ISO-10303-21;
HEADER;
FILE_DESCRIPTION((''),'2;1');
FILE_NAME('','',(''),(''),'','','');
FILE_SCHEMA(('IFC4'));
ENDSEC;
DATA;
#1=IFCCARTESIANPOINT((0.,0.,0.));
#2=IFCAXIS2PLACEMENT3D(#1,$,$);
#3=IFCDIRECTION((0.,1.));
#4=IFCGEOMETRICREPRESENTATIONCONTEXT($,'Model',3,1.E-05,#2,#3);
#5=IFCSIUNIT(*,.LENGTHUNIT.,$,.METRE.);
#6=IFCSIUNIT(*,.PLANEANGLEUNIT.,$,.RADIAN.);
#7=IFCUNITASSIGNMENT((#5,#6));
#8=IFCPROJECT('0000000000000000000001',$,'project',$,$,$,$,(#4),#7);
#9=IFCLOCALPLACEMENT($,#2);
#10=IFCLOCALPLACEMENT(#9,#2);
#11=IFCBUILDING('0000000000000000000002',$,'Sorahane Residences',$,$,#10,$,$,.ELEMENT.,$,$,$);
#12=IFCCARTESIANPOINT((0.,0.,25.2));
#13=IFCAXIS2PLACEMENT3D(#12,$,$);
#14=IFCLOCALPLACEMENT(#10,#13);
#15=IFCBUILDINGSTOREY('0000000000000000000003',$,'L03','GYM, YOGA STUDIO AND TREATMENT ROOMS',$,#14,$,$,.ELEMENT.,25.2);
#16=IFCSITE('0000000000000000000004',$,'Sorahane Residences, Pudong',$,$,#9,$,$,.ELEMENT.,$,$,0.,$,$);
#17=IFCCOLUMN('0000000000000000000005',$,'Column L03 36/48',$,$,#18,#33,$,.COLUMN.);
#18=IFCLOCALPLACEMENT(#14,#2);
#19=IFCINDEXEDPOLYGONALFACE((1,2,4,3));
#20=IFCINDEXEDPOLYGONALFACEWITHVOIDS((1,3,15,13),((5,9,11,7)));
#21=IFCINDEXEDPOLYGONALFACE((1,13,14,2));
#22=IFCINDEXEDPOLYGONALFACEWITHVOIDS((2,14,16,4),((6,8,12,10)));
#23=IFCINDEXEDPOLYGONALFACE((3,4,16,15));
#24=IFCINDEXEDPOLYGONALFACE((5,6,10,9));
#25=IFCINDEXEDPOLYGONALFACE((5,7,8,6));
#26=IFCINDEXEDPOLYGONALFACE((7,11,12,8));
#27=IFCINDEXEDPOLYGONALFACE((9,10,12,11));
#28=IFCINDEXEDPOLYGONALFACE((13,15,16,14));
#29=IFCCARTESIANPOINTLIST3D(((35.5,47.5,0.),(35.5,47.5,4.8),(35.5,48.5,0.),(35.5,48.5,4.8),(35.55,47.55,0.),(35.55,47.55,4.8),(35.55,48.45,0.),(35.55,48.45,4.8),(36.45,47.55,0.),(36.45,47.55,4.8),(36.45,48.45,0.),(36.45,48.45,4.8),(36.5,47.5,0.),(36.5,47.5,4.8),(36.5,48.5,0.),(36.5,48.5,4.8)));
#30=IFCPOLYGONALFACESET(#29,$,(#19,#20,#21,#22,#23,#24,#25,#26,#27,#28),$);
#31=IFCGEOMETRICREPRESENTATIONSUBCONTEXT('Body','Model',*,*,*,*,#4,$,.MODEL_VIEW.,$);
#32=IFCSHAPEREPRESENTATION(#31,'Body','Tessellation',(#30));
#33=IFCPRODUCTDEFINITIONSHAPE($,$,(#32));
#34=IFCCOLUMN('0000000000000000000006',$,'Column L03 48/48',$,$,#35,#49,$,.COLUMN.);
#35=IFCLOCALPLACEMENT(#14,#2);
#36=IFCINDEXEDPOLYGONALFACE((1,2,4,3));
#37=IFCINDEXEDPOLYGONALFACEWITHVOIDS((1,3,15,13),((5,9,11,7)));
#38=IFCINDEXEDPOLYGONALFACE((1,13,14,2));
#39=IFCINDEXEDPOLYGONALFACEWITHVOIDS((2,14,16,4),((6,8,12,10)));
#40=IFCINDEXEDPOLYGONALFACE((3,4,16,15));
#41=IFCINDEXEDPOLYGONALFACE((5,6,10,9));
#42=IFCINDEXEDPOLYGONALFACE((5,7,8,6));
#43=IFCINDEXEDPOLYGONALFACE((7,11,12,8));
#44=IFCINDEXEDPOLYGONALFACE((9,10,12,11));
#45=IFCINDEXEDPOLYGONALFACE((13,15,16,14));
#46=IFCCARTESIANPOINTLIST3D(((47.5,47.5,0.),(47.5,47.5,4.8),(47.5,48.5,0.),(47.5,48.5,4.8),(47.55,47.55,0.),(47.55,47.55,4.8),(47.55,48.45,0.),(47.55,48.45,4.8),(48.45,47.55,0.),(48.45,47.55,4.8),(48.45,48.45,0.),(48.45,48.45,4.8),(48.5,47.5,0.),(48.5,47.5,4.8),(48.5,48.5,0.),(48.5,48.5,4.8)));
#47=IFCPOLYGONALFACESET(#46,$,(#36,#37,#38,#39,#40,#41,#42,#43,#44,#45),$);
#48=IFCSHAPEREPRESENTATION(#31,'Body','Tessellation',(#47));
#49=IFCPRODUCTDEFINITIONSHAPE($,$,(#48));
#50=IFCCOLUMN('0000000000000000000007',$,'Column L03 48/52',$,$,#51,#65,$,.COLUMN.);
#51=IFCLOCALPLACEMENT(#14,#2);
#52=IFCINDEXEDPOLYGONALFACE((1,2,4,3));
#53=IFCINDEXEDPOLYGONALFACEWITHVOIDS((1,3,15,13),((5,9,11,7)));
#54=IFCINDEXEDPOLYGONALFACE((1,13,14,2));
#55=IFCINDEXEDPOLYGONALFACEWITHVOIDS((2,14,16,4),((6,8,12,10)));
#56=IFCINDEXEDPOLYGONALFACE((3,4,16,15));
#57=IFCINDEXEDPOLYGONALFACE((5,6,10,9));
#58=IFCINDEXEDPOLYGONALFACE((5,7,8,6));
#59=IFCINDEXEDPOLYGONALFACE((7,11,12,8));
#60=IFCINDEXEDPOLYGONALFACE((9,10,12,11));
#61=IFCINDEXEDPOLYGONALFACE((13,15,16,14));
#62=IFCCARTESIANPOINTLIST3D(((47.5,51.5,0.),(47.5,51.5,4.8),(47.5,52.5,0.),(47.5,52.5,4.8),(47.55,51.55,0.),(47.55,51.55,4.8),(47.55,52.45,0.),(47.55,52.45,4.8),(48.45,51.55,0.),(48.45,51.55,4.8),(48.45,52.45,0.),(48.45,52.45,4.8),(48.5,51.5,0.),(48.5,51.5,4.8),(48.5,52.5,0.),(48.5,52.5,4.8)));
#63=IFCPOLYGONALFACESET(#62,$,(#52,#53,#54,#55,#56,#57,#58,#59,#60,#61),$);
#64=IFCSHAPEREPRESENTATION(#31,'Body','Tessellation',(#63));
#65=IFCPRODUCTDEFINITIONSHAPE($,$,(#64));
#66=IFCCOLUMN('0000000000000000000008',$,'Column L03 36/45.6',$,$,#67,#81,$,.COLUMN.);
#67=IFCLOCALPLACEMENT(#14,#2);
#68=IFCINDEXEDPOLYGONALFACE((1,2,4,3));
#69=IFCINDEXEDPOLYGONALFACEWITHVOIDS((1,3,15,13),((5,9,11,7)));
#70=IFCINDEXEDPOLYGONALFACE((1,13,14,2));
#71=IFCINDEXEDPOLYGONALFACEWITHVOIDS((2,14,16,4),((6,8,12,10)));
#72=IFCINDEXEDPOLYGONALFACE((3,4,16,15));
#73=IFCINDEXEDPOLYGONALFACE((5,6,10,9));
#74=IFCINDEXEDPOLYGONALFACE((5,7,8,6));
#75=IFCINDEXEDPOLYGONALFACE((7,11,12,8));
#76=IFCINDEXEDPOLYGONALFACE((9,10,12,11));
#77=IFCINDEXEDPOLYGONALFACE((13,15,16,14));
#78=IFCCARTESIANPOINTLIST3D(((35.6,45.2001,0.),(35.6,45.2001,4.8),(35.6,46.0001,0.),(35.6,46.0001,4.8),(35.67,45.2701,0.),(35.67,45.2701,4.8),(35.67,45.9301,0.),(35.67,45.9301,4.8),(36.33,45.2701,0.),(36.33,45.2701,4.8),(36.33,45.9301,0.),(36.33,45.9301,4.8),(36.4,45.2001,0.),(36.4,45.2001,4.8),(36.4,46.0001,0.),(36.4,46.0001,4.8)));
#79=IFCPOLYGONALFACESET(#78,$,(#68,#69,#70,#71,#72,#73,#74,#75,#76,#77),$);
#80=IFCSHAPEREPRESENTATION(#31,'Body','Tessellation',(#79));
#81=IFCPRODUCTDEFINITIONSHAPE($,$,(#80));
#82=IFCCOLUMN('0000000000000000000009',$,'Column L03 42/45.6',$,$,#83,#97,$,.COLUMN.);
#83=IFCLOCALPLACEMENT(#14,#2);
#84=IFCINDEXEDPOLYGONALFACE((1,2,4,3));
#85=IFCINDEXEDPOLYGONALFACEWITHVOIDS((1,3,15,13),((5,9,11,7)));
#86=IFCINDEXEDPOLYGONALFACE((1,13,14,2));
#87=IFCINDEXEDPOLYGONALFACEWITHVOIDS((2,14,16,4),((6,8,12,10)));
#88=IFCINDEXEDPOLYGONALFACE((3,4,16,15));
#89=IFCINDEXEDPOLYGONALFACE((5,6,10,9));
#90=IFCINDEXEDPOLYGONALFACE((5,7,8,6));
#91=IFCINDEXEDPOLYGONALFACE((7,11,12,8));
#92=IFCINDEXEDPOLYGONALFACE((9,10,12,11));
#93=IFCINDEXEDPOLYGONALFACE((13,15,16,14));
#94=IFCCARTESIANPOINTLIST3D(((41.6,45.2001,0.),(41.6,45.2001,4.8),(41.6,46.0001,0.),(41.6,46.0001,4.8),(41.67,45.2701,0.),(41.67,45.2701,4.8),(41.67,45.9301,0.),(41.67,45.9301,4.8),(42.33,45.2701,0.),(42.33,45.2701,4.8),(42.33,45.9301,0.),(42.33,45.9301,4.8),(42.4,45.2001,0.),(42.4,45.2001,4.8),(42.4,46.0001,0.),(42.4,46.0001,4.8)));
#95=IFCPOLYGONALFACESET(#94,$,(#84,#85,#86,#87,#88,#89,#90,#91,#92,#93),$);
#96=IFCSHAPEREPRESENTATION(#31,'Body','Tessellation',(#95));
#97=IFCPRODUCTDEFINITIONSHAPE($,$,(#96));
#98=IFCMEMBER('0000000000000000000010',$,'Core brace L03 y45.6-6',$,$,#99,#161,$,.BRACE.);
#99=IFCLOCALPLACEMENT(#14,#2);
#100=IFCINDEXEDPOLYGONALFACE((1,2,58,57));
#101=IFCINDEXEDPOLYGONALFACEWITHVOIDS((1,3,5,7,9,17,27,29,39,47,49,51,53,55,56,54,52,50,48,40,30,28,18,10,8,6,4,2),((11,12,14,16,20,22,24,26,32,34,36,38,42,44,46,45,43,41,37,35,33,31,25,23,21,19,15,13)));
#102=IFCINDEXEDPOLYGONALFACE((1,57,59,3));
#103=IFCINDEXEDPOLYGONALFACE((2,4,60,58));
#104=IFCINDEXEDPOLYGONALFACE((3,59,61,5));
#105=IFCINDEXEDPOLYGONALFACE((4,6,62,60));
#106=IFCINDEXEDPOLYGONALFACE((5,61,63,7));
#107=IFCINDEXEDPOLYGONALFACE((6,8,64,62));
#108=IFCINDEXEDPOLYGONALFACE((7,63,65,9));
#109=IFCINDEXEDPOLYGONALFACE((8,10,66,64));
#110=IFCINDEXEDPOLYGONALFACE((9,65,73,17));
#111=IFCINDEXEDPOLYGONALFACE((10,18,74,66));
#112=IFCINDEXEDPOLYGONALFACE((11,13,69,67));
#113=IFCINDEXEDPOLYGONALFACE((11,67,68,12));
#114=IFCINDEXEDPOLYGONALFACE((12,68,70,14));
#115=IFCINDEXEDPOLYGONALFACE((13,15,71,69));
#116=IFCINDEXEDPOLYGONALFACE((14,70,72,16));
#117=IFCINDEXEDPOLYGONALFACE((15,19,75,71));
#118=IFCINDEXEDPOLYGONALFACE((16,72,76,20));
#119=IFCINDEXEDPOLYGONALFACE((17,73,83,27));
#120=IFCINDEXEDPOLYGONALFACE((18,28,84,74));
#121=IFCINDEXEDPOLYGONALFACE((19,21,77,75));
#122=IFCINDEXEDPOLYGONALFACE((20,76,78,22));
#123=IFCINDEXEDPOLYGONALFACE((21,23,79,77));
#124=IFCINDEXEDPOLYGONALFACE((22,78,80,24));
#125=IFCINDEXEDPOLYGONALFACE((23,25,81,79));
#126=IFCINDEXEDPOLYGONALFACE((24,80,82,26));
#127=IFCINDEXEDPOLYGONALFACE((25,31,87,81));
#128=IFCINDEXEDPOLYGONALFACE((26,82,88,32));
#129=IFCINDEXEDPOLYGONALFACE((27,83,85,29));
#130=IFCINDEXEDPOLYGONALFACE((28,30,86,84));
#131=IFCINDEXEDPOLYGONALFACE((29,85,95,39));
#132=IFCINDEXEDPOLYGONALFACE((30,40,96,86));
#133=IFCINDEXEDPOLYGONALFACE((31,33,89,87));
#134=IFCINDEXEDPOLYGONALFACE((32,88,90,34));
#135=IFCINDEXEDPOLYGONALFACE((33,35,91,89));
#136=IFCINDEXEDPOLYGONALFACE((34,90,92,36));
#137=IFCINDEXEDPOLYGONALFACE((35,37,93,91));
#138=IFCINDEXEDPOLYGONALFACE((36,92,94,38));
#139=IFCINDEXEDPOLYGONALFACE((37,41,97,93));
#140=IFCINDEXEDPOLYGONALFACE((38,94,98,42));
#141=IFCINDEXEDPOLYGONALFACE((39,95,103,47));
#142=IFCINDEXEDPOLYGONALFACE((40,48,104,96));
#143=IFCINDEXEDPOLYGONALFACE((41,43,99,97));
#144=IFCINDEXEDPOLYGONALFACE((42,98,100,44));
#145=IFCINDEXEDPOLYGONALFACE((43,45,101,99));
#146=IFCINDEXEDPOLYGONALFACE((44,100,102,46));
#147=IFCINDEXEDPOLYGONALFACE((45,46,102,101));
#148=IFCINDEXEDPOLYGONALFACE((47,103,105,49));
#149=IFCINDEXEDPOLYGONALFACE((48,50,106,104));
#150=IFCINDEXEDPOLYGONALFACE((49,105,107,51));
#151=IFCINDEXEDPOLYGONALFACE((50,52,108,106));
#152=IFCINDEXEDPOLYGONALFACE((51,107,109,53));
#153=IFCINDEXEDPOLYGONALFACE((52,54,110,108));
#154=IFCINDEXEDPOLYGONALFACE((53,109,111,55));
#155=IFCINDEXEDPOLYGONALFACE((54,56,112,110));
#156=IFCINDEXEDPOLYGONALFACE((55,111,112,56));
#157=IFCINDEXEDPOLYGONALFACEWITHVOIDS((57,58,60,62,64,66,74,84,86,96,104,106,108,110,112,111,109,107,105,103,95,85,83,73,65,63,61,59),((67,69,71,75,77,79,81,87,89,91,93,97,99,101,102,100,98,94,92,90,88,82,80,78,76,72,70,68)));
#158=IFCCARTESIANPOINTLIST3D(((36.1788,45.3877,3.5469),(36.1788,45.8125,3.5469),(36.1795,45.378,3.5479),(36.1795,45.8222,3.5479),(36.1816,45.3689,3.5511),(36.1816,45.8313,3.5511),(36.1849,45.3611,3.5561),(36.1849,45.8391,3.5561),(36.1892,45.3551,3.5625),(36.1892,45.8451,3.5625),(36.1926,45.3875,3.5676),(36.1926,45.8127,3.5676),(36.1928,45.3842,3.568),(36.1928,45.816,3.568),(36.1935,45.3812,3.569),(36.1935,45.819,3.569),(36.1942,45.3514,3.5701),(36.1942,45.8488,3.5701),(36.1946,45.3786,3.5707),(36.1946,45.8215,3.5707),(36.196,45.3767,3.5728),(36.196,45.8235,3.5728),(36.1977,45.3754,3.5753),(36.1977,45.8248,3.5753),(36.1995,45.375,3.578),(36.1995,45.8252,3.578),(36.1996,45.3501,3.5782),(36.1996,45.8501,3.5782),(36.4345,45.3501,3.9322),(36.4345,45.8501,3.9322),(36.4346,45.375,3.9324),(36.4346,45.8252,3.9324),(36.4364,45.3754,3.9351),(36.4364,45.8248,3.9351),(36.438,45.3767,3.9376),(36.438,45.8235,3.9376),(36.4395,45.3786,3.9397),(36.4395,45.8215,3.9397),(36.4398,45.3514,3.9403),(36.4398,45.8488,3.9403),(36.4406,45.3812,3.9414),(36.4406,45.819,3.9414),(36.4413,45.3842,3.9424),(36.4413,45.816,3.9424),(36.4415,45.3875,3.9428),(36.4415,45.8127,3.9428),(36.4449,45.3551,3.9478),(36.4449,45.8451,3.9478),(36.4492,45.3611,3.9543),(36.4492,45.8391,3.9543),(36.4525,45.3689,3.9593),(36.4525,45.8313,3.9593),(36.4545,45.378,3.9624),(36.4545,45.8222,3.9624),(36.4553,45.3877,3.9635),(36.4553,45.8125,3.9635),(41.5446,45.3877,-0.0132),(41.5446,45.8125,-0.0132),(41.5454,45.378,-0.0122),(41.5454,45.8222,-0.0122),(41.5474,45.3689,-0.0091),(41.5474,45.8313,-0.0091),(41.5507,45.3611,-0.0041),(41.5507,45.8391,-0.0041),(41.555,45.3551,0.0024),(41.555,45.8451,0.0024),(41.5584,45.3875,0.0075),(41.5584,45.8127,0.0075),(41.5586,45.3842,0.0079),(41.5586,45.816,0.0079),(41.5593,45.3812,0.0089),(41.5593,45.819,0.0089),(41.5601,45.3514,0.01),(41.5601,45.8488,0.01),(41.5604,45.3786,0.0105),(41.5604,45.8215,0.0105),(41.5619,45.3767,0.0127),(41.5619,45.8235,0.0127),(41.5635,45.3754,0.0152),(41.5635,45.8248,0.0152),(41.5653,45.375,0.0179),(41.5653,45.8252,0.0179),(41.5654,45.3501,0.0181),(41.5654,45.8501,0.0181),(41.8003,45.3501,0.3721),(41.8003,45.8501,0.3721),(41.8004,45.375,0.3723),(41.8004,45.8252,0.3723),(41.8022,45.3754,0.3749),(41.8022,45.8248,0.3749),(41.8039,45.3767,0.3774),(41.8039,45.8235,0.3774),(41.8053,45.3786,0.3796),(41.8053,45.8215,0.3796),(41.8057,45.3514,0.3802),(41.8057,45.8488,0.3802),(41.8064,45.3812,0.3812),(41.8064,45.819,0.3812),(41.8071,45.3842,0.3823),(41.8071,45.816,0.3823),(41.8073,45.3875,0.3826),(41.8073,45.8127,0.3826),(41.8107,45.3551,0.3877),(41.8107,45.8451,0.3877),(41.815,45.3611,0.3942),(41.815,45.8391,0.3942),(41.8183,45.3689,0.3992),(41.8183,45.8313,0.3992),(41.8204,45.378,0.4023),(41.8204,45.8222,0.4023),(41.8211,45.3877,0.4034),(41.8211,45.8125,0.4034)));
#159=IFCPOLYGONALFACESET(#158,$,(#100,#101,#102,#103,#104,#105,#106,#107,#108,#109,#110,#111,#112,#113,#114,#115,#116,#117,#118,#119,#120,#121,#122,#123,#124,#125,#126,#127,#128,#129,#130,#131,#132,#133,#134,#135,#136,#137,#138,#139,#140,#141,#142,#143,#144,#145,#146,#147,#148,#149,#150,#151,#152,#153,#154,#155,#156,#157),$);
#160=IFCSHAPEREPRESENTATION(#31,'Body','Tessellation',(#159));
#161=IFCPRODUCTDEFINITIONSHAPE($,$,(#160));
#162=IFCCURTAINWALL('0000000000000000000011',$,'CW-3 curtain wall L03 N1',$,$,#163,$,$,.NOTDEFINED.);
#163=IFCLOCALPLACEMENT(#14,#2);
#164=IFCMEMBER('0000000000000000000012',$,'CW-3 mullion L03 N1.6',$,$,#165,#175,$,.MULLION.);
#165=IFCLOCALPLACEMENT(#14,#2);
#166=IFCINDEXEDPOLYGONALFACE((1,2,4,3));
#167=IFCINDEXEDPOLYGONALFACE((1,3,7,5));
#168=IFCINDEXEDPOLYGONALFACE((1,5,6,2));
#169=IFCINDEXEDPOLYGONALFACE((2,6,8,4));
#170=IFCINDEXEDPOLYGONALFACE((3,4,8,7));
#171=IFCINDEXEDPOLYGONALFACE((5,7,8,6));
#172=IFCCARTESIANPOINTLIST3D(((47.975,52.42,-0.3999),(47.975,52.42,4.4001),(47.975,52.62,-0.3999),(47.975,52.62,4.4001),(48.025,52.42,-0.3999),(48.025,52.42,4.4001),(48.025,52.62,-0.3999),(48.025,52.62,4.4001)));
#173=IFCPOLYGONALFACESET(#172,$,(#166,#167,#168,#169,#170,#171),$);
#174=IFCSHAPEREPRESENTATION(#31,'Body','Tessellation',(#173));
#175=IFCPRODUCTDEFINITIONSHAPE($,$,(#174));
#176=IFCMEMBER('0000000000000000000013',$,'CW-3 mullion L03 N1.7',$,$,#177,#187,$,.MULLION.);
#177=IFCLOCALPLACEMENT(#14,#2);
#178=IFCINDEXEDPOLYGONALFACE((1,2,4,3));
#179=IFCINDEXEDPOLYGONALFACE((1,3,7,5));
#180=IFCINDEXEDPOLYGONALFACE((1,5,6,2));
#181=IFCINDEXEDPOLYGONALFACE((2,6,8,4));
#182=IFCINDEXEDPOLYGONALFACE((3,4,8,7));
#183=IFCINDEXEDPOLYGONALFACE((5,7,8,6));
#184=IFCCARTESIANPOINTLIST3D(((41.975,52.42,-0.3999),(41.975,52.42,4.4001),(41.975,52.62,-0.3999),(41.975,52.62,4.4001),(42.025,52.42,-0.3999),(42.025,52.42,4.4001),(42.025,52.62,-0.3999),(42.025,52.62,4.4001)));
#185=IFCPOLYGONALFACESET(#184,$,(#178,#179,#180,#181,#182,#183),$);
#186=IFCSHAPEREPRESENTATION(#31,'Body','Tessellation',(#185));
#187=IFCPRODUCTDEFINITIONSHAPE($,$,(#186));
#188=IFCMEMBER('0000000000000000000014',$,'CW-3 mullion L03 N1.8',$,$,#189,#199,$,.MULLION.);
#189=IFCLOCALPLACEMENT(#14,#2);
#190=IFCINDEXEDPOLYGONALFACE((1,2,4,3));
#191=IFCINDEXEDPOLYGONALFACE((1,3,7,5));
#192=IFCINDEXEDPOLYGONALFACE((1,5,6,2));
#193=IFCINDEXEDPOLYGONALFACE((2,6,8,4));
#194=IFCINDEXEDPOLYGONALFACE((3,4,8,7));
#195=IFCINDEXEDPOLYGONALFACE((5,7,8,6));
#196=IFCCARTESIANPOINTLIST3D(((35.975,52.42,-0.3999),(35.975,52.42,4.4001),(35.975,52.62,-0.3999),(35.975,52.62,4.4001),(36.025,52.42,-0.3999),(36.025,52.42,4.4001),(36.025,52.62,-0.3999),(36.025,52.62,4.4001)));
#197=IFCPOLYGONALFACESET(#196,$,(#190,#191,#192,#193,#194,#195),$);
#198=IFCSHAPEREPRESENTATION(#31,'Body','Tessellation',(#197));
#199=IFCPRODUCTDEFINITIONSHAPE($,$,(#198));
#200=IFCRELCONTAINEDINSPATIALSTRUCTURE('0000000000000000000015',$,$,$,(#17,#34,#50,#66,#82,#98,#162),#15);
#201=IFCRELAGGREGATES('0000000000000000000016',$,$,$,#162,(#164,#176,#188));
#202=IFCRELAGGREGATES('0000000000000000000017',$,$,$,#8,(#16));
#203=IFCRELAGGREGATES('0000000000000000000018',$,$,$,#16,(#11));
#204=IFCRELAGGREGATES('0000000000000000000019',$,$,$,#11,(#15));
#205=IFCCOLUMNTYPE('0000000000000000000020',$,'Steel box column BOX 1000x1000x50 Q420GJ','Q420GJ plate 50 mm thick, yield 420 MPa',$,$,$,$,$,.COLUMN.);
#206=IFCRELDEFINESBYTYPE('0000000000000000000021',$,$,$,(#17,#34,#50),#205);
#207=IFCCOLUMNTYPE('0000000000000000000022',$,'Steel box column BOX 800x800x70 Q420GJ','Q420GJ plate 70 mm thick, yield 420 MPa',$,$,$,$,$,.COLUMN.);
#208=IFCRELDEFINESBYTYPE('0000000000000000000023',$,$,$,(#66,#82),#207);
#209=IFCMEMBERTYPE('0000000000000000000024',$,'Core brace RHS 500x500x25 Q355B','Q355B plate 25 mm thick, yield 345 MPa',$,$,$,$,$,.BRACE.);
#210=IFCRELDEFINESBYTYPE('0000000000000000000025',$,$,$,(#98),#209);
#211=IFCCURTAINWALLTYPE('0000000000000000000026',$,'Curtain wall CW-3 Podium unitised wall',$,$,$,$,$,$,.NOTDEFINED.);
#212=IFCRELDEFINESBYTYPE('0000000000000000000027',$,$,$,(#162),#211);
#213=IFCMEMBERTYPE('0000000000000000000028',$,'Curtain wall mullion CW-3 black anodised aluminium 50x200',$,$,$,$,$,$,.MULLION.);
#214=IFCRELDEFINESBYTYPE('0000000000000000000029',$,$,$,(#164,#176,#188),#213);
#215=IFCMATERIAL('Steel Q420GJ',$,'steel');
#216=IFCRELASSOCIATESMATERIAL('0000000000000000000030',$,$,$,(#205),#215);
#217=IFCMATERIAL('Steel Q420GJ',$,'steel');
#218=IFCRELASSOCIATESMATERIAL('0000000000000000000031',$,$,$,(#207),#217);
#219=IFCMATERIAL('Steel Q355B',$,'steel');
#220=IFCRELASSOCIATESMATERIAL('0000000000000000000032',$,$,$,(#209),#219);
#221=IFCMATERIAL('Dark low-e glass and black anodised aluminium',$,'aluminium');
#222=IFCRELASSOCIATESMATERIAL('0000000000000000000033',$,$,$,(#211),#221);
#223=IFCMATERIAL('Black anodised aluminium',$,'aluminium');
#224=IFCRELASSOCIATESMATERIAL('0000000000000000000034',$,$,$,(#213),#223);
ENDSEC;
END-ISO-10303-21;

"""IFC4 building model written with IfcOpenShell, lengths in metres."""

from ifc_helpers import new_model, si_unit, direction, frame, origin, origin_2d, place, context, subcontext, project, spatial, rectangle, hollow_rectangle, extrude, material, material_profile, profile_set, type_object, element, aggregate, save


model = new_model("IFC4")

# Units and contexts
model_context = context("Model", 3, precision=1e-05, world=origin(), true_north=direction((0.0, 1.0)))
body_context = subcontext(model_context, "Body", "Model", "MODEL_VIEW")
ifc_project = project(units=[si_unit("LENGTHUNIT", "METRE"), si_unit("PLANEANGLEUNIT", "RADIAN")], contexts=[model_context])

# Site, building, storey
site_placement = place(None, origin())
site = spatial("IfcSite", under=ifc_project, at=site_placement, Name="Sorahane Residences, Pudong", CompositionType="ELEMENT", RefElevation=0.0)
building_placement = place(site_placement, origin())
building = spatial("IfcBuilding", under=site, at=building_placement, Name="Sorahane Residences", CompositionType="ELEMENT")
storey_placement = place(building_placement, frame((0.0, 0.0, 25.2)))
storey = spatial("IfcBuildingStorey", under=building, at=storey_placement, Name="L03", Description="GYM, YOGA STUDIO AND TREATMENT ROOMS", CompositionType="ELEMENT", Elevation=25.2)

# Columns
ifc_material_1 = material(Name="Steel Q420GJ", Category="steel")
ifc_material_profile_1 = material_profile(ifc_material_1, hollow_rectangle(XDim=1.0, YDim=1.0, WallThickness=0.05, at=origin_2d()), Name="BOX 1000x1000x50")
ifc_profile_set_1 = profile_set([ifc_material_profile_1], Name="Steel Q420GJ")
column_type_1 = type_object("IfcColumnType", Name="Steel box column BOX 1000x1000x50 Q420GJ", Description="Q420GJ plate 50 mm thick, yield 420 MPa", PredefinedType="COLUMN", material=ifc_profile_set_1)
for number, where, z_axis, x_axis, name in (
    (1, (36.0, 48.0, 0.0), (0.0, 0.0, 1.0), (1.0, 0.0, 0.0), "Column L03 36/48"),
    (2, (48.0, 48.0, 0.0), (0.0, 0.0, 1.0), (1.0, 0.0, 0.0), "Column L03 48/48"),
    (3, (48.0, 52.0, 0.0), (0.0, 0.0, 1.0), (1.0, 0.0, 0.0), "Column L03 48/52"),
):
    element("IfcColumn", number, at=place(storey_placement, frame(where, z_axis=z_axis, x_axis=x_axis)), inside=storey, type_object=column_type_1, Name=name, PredefinedType="COLUMN", context=body_context, shape_type="SweptSolid", body=[
        extrude(hollow_rectangle(XDim=1.0, YDim=1.0, WallThickness=0.05, at=origin_2d()), origin(), (0.0, 0.0, 1.0), 4.8),
    ])
ifc_material_2 = material(Name="Steel Q420GJ", Category="steel")
ifc_material_profile_2 = material_profile(ifc_material_2, hollow_rectangle(XDim=0.8, YDim=0.8, WallThickness=0.0701, at=origin_2d()), Name="BOX 800x800x70")
ifc_profile_set_2 = profile_set([ifc_material_profile_2], Name="Steel Q420GJ")
column_type_2 = type_object("IfcColumnType", Name="Steel box column BOX 800x800x70 Q420GJ", Description="Q420GJ plate 70 mm thick, yield 420 MPa", PredefinedType="COLUMN", material=ifc_profile_set_2)
for number, where, z_axis, x_axis, name in (
    (4, (36.0, 45.6001, 0.0), (0.0, 0.0, 1.0), (1.0, 0.0, 0.0), "Column L03 36/45.6"),
    (5, (42.0, 45.6001, 0.0), (0.0, 0.0, 1.0), (1.0, 0.0, 0.0), "Column L03 42/45.6"),
):
    element("IfcColumn", number, at=place(storey_placement, frame(where, z_axis=z_axis, x_axis=x_axis)), inside=storey, type_object=column_type_2, Name=name, PredefinedType="COLUMN", context=body_context, shape_type="SweptSolid", body=[
        extrude(hollow_rectangle(XDim=0.8, YDim=0.8, WallThickness=0.0701, at=origin_2d()), origin(), (0.0, 0.0, 1.0), 4.8),
    ])

# Member
ifc_material_3 = material(Name="Steel Q355B", Category="steel")
ifc_material_profile_3 = material_profile(ifc_material_3, hollow_rectangle(XDim=0.5, YDim=0.5, WallThickness=0.0249, InnerFilletRadius=0.0125, OuterFilletRadius=0.0376, at=origin_2d()), Name="RHS 500x500x25")
ifc_profile_set_3 = profile_set([ifc_material_profile_3], Name="Steel Q355B")
member_type_1 = type_object("IfcMemberType", Name="Core brace RHS 500x500x25 Q355B", Description="Q355B plate 25 mm thick, yield 345 MPa", PredefinedType="BRACE", material=ifc_profile_set_3)
member_1_placement = place(storey_placement, frame((41.6829, 45.6001, 0.1951), z_axis=(-0.833273, 0.0, 0.552861), x_axis=(0.0, -1.0, 0.0)))
element("IfcMember", 6, at=member_1_placement, inside=storey, type_object=member_type_1, Name="Core brace L03 y45.6-6", PredefinedType="BRACE", context=body_context, shape_type="SweptSolid", body=[
    extrude(hollow_rectangle(XDim=0.5, YDim=0.5, WallThickness=0.0249, InnerFilletRadius=0.0125, OuterFilletRadius=0.0376, at=origin_2d()), origin(), (0.0, 0.0, 1.0), 6.4395),
])

# Curtain wall, members
ifc_material_4 = material(Name="Dark low-e glass and black anodised aluminium", Category="aluminium")
curtain_wall_type = type_object("IfcCurtainWallType", Name="Curtain wall CW-3 Podium unitised wall", PredefinedType="NOTDEFINED", material=ifc_material_4)
curtain_wall_placement = place(storey_placement, origin())
curtain_wall = element("IfcCurtainWall", 7, at=curtain_wall_placement, inside=storey, type_object=curtain_wall_type, Name="CW-3 curtain wall L03 N1", PredefinedType="NOTDEFINED")
ifc_material_5 = material(Name="Black anodised aluminium", Category="aluminium")
ifc_material_profile_4 = material_profile(ifc_material_5, rectangle(XDim=0.2, YDim=0.05, at=origin_2d()), Name="Curtain wall mullion CW-3 black anodised aluminium 50x200")
ifc_profile_set_4 = profile_set([ifc_material_profile_4], Name="Black anodised aluminium")
member_type_2 = type_object("IfcMemberType", Name="Curtain wall mullion CW-3 black anodised aluminium 50x200", PredefinedType="MULLION", material=ifc_profile_set_4)
member_2_placement = place(storey_placement, frame((48.0, 52.52, -0.3999), z_axis=(0.0, 0.0, 1.0), x_axis=(0.0, 1.0, 0.0)))
member_2 = element("IfcMember", 8, at=member_2_placement, type_object=member_type_2, Name="CW-3 mullion L03 N1.6", PredefinedType="MULLION", context=body_context, shape_type="SweptSolid", body=[
    extrude(rectangle(XDim=0.2, YDim=0.05, at=origin_2d()), origin(), (0.0, 0.0, 1.0), 4.8),
])
member_3_placement = place(storey_placement, frame((42.0, 52.52, -0.3999), z_axis=(0.0, 0.0, 1.0), x_axis=(0.0, 1.0, 0.0)))
member_3 = element("IfcMember", 9, at=member_3_placement, type_object=member_type_2, Name="CW-3 mullion L03 N1.7", PredefinedType="MULLION", context=body_context, shape_type="SweptSolid", body=[
    extrude(rectangle(XDim=0.2, YDim=0.05, at=origin_2d()), origin(), (0.0, 0.0, 1.0), 4.8),
])
member_4_placement = place(storey_placement, frame((36.0, 52.52, -0.3999), z_axis=(0.0, 0.0, 1.0), x_axis=(0.0, 1.0, 0.0)))
member_4 = element("IfcMember", 10, at=member_4_placement, type_object=member_type_2, Name="CW-3 mullion L03 N1.8", PredefinedType="MULLION", context=body_context, shape_type="SweptSolid", body=[
    extrude(rectangle(XDim=0.2, YDim=0.05, at=origin_2d()), origin(), (0.0, 0.0, 1.0), 4.8),
])

aggregate(curtain_wall, [member_2, member_3, member_4])

save(model, "model.ifc")
